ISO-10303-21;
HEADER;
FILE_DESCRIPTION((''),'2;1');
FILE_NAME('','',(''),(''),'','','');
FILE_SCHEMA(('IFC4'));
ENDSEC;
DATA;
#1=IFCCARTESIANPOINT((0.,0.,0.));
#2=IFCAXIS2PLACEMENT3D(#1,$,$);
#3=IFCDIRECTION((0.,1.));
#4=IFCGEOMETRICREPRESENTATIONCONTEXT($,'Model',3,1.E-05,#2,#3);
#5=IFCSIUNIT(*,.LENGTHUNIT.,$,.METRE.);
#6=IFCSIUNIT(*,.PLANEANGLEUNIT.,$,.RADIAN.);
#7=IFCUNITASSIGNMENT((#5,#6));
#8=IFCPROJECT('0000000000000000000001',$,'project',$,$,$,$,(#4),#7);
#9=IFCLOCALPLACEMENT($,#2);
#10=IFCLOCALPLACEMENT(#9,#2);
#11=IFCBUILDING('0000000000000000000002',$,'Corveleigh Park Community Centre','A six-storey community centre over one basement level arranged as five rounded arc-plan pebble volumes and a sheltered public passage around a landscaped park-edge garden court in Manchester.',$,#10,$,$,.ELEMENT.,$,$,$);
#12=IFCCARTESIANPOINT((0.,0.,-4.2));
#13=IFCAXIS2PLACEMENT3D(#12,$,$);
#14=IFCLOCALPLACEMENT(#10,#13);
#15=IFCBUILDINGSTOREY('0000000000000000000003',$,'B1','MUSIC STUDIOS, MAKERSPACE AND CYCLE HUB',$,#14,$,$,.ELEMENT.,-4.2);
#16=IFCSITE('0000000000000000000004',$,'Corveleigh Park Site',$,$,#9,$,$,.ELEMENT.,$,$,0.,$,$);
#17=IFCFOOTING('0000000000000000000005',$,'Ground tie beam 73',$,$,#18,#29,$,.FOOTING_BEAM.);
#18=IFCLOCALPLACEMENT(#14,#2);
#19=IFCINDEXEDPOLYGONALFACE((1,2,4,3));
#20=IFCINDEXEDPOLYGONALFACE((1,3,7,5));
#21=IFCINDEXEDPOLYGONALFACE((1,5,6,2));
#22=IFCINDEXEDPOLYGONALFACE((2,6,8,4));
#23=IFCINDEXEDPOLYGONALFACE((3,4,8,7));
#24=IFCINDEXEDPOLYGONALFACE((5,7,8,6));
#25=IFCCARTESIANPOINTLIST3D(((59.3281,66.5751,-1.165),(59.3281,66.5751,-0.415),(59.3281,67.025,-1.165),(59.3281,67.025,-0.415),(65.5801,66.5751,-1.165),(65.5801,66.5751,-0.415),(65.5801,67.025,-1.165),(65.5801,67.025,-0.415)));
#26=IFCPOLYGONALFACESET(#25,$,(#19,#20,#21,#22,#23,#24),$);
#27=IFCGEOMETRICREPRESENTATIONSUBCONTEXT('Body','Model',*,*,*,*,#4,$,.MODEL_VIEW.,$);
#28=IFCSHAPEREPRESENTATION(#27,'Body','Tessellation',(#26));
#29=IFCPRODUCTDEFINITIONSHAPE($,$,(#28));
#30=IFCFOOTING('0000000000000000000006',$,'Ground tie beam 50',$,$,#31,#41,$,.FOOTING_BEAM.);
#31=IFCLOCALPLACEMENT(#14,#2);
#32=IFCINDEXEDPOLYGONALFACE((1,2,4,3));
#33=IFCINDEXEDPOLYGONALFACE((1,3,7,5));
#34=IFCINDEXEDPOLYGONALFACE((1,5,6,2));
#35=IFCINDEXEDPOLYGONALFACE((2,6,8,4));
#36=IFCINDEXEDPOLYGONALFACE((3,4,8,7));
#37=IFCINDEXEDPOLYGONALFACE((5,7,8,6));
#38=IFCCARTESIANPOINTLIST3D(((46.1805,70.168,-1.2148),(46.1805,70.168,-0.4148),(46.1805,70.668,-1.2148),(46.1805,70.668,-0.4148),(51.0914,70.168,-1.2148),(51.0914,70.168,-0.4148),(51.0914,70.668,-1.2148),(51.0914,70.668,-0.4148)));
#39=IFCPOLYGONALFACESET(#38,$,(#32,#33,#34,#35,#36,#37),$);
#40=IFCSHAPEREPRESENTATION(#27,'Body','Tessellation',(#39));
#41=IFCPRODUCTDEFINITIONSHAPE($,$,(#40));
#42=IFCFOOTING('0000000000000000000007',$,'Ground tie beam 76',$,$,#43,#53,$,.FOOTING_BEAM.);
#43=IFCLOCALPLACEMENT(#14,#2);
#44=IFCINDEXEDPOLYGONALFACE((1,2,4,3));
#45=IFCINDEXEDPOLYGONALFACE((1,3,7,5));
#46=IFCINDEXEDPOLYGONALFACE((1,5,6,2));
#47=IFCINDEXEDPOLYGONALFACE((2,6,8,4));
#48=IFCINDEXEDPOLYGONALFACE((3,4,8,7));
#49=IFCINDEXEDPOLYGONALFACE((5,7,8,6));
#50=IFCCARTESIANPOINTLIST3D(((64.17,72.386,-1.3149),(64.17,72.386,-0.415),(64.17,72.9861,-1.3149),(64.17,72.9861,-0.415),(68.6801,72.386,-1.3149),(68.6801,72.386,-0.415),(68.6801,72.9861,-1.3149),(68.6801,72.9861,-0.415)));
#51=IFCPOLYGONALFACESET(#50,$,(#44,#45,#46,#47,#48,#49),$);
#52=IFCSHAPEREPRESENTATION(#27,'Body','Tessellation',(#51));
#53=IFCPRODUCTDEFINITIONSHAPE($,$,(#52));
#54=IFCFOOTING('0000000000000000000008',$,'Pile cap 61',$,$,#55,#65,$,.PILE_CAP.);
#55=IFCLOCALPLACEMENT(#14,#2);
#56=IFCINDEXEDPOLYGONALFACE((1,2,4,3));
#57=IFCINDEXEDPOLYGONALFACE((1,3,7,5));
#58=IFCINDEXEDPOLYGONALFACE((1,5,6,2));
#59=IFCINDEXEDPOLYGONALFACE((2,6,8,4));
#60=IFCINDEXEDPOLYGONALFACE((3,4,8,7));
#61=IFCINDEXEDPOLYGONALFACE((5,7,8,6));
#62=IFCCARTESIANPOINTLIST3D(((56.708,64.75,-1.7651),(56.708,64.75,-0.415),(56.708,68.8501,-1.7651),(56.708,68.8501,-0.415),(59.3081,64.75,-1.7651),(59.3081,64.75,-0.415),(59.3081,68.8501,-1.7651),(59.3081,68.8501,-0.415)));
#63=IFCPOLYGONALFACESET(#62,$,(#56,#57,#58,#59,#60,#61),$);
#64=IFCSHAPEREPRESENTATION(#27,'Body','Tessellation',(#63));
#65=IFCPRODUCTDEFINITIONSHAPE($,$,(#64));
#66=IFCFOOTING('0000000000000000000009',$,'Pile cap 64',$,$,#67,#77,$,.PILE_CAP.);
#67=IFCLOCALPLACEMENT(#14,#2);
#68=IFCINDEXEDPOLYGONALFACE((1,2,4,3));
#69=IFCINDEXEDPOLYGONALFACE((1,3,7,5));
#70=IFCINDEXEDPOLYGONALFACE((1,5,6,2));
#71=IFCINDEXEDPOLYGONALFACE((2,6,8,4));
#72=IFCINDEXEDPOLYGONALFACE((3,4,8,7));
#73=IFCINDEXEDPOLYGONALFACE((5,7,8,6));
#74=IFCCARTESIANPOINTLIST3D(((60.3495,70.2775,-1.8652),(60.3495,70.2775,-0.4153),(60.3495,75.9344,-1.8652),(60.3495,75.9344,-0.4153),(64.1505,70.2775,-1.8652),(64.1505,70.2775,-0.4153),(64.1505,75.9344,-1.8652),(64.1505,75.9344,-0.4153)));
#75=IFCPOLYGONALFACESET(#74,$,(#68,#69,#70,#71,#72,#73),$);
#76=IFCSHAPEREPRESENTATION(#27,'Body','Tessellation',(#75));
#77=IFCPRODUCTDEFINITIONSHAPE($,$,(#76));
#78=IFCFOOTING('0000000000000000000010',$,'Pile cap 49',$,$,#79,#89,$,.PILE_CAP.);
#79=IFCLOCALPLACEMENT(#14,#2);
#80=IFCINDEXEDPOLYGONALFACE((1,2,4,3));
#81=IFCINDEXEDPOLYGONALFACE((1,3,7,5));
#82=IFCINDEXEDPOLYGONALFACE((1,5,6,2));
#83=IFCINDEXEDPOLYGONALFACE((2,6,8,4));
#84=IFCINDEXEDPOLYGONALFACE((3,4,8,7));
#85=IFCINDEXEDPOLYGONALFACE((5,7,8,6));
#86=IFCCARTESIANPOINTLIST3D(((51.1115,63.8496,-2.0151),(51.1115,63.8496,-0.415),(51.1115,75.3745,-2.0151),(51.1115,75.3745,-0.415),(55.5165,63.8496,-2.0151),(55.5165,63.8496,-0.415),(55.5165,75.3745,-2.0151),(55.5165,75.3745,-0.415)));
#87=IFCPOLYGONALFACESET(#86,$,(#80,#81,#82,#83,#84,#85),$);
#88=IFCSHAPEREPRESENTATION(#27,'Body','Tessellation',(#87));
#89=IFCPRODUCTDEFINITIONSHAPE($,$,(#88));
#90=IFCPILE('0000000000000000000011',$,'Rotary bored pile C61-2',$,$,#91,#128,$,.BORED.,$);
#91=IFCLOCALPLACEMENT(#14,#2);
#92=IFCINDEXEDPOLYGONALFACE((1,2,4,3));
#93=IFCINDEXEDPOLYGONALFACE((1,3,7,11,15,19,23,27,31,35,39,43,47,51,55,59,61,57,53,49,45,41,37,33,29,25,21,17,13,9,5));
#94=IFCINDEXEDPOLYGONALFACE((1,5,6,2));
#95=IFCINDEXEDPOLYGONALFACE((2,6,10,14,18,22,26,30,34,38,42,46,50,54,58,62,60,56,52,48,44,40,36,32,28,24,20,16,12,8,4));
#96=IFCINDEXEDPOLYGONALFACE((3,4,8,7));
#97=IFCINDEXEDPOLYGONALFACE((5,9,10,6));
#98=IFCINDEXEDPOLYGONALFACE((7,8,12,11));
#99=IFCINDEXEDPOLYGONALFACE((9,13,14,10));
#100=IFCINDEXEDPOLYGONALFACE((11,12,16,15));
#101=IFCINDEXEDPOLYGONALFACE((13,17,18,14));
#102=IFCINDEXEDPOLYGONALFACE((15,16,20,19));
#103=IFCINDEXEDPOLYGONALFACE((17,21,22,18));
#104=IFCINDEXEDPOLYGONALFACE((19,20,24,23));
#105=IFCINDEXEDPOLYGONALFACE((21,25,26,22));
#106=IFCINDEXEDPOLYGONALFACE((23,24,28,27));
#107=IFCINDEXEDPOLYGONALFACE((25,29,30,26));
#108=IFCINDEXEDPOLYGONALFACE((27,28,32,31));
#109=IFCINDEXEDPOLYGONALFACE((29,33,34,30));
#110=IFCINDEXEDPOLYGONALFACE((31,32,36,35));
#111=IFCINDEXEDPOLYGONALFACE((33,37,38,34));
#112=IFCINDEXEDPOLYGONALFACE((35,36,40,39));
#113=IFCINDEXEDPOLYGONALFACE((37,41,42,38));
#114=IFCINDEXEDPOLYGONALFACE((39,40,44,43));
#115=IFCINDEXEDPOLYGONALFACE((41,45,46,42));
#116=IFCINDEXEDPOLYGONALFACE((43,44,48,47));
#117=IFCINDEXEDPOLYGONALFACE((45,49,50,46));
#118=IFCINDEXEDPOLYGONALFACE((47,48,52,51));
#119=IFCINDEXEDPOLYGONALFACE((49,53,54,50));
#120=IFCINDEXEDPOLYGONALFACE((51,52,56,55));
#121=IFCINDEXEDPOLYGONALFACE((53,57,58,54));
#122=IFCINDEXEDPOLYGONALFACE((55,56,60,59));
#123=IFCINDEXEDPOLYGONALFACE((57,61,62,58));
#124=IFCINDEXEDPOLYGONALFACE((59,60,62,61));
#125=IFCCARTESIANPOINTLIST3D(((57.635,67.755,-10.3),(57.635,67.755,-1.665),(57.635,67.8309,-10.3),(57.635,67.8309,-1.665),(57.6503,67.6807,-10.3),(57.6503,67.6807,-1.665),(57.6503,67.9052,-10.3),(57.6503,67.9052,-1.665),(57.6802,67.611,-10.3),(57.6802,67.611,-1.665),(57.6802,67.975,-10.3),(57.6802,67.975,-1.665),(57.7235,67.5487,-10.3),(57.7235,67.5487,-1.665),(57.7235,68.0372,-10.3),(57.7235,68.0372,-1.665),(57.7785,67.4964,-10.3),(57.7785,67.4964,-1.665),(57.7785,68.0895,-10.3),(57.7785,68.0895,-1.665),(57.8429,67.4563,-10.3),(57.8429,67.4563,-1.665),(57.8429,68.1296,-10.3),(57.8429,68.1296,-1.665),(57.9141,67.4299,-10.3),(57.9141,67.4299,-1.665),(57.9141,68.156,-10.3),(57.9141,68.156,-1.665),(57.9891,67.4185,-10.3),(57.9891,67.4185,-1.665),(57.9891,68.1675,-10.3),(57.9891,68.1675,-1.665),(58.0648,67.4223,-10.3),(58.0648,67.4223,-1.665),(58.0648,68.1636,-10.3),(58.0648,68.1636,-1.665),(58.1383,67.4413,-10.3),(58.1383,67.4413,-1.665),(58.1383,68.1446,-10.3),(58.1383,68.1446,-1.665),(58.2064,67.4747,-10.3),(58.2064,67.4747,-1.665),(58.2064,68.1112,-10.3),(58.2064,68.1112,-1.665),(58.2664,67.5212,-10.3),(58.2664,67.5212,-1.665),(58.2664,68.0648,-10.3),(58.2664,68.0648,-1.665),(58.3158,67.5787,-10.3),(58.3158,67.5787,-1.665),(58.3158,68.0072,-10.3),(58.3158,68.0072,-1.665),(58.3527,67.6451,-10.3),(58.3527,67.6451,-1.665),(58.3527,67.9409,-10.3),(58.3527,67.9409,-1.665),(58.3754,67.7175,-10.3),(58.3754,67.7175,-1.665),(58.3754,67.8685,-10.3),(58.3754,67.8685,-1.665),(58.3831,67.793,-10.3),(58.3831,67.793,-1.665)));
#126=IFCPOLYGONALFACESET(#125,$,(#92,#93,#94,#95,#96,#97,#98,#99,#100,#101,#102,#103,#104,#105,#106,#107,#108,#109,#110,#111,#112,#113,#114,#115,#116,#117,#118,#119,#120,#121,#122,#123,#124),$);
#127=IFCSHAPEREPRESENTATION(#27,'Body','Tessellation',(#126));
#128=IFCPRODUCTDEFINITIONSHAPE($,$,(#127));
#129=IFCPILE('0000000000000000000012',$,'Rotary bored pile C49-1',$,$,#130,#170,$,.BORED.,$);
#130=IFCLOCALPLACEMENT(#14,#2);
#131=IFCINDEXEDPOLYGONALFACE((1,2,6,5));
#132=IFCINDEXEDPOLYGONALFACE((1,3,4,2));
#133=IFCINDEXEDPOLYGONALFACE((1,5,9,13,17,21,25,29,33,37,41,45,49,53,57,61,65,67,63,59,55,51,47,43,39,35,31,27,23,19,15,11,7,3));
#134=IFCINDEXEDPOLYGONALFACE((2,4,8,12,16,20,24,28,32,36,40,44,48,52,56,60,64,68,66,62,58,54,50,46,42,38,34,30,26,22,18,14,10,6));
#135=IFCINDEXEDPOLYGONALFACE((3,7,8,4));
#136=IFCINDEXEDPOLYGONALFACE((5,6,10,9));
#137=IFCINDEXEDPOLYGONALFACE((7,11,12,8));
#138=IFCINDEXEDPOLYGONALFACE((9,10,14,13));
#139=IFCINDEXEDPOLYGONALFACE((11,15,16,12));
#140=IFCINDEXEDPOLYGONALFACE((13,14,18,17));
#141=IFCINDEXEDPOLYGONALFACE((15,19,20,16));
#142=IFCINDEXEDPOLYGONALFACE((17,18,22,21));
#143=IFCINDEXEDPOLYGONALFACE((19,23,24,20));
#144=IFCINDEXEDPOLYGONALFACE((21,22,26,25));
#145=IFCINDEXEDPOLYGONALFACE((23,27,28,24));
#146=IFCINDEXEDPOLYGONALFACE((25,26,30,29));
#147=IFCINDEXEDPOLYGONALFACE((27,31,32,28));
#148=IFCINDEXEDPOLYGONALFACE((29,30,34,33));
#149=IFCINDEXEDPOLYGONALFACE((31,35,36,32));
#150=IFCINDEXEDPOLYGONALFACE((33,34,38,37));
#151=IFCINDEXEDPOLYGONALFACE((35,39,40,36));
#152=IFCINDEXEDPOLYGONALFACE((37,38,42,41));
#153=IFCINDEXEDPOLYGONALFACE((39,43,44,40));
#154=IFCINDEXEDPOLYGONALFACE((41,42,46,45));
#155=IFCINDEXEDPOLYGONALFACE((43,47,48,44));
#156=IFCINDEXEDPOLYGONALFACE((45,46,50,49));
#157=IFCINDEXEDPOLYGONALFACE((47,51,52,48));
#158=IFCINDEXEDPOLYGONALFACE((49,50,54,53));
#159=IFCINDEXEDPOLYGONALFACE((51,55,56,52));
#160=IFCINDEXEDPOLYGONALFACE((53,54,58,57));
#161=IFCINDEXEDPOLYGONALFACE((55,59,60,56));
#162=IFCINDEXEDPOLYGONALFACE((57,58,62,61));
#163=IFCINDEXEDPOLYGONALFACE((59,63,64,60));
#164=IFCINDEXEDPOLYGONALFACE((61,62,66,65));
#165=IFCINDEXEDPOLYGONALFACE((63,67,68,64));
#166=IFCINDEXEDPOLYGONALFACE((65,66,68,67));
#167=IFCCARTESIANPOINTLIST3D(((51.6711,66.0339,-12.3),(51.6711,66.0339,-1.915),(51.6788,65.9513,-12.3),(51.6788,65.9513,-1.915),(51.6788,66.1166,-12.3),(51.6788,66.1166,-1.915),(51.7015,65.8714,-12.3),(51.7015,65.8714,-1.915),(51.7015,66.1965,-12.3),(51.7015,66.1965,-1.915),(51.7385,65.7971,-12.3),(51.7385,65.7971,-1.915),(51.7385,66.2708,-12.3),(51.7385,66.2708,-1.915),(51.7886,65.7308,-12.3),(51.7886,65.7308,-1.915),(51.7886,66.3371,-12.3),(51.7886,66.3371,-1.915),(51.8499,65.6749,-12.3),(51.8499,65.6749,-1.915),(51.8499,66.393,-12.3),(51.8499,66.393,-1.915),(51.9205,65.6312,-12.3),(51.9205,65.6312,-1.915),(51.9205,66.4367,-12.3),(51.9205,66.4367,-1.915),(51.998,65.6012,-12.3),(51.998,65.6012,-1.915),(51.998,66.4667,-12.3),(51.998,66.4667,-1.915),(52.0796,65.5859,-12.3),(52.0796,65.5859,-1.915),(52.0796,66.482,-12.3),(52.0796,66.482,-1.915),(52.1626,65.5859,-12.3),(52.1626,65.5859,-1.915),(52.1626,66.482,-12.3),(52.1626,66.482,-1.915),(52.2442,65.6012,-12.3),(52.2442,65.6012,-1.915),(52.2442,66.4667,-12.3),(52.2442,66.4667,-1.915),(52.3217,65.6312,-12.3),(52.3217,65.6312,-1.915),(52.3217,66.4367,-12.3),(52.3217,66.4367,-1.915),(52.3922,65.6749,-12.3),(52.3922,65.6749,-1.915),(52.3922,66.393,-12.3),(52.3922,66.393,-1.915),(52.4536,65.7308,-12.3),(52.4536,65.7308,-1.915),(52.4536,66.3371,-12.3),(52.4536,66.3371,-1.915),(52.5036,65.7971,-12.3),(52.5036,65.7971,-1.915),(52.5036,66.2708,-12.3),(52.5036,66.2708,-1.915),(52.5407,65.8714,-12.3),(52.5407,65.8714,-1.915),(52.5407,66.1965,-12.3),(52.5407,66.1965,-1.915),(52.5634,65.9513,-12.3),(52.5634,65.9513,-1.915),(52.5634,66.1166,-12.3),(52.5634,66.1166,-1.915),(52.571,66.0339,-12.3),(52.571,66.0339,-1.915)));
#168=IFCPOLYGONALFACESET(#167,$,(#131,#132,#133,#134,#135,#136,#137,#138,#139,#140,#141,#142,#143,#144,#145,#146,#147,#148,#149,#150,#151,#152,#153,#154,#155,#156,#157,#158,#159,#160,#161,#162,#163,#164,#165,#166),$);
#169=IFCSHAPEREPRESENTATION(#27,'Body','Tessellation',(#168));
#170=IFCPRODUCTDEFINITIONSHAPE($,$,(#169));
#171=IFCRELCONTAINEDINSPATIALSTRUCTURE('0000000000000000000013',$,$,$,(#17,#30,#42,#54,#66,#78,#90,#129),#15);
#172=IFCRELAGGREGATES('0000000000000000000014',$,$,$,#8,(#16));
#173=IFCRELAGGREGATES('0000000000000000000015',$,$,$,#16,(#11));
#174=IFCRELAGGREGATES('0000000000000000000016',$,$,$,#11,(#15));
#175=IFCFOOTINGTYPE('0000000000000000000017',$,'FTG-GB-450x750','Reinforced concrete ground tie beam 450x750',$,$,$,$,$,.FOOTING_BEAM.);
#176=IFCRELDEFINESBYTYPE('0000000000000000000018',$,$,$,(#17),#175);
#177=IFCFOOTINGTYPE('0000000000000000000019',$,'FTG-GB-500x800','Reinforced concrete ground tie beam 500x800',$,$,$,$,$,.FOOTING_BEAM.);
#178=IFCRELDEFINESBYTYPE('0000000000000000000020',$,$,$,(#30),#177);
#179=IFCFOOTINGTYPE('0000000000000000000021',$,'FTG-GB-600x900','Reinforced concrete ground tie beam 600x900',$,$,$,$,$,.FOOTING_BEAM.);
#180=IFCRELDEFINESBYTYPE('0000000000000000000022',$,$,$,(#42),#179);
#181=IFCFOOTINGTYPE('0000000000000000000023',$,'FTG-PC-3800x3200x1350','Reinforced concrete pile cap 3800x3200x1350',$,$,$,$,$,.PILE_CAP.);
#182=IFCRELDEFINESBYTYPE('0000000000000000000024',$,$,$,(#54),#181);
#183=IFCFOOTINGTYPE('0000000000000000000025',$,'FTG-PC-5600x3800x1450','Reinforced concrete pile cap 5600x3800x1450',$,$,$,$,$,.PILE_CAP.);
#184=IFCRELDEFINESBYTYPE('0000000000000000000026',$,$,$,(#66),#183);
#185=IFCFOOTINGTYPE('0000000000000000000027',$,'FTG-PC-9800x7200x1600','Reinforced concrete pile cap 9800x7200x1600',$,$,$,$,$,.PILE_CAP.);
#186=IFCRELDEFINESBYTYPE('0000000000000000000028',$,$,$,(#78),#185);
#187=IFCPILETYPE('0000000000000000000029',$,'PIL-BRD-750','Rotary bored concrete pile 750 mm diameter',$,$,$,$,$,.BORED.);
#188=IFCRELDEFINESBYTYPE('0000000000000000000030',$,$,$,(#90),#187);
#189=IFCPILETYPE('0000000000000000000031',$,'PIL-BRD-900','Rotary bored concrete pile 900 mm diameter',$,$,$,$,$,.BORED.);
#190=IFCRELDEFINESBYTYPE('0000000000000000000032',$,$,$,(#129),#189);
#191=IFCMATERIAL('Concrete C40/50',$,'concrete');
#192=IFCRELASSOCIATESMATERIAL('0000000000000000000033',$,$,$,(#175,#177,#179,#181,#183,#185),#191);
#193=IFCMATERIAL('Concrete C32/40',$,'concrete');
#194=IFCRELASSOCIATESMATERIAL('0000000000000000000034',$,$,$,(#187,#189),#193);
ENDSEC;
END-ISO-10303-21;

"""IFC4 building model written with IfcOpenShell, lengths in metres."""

from ifc_helpers import new_model, si_unit, direction, frame, origin, origin_2d, place, context, subcontext, project, spatial, rectangle, circle, extrude, material, material_profile, profile_set, type_object, element, save


model = new_model("IFC4")

# Units and contexts
model_context = context("Model", 3, precision=1e-05, world=origin(), true_north=direction((0.0, 1.0)))
body_context = subcontext(model_context, "Body", "Model", "MODEL_VIEW")
ifc_project = project(units=[si_unit("LENGTHUNIT", "METRE"), si_unit("PLANEANGLEUNIT", "RADIAN")], contexts=[model_context])

# Site, building, storey
site_placement = place(None, origin())
site = spatial("IfcSite", under=ifc_project, at=site_placement, Name="Corveleigh Park Site", CompositionType="ELEMENT", RefElevation=0.0)
building_placement = place(site_placement, origin())
building = spatial("IfcBuilding", under=site, at=building_placement, Name="Corveleigh Park Community Centre", Description="A six-storey community centre over one basement level arranged as five rounded arc-plan pebble volumes and a sheltered public passage around a landscaped park-edge garden court in Manchester.", CompositionType="ELEMENT")
storey_placement = place(building_placement, frame((0.0, 0.0, -4.2)))
storey = spatial("IfcBuildingStorey", under=building, at=storey_placement, Name="B1", Description="MUSIC STUDIOS, MAKERSPACE AND CYCLE HUB", CompositionType="ELEMENT", Elevation=-4.2)

# Footings
ifc_material_1 = material(Name="Concrete C40/50", Category="concrete")
footing_type_1 = type_object("IfcFootingType", Name="FTG-GB-450x750", Description="Reinforced concrete ground tie beam 450x750", PredefinedType="FOOTING_BEAM", material=ifc_material_1)
footing_1_placement = place(storey_placement, frame((62.4541, 66.8, -1.165), z_axis=(0.0, 0.0, 1.0), x_axis=(1.0, 0.0, 0.0)))
element("IfcFooting", 1, at=footing_1_placement, inside=storey, type_object=footing_type_1, Name="Ground tie beam 73", PredefinedType="FOOTING_BEAM", context=body_context, shape_type="SweptSolid", body=[
    extrude(rectangle(XDim=6.252, YDim=0.45, at=origin_2d()), origin(), (0.0, 0.0, 1.0), 0.75),
])
footing_type_2 = type_object("IfcFootingType", Name="FTG-GB-500x800", Description="Reinforced concrete ground tie beam 500x800", PredefinedType="FOOTING_BEAM", material=ifc_material_1)
footing_2_placement = place(storey_placement, frame((48.636, 70.418, -1.2148), z_axis=(0.0, 0.0, 1.0), x_axis=(1.0, 0.0, 0.0)))
element("IfcFooting", 2, at=footing_2_placement, inside=storey, type_object=footing_type_2, Name="Ground tie beam 50", PredefinedType="FOOTING_BEAM", context=body_context, shape_type="SweptSolid", body=[
    extrude(rectangle(XDim=4.9109, YDim=0.5, at=origin_2d()), origin(), (0.0, 0.0, 1.0), 0.8),
])
footing_type_3 = type_object("IfcFootingType", Name="FTG-GB-600x900", Description="Reinforced concrete ground tie beam 600x900", PredefinedType="FOOTING_BEAM", material=ifc_material_1)
footing_3_placement = place(storey_placement, frame((66.425, 72.686, -1.3149), z_axis=(0.0, 0.0, 1.0), x_axis=(1.0, 0.0, 0.0)))
element("IfcFooting", 3, at=footing_3_placement, inside=storey, type_object=footing_type_3, Name="Ground tie beam 76", PredefinedType="FOOTING_BEAM", context=body_context, shape_type="SweptSolid", body=[
    extrude(rectangle(XDim=4.51, YDim=0.6001, at=origin_2d()), origin(), (0.0, 0.0, 1.0), 0.8999),
])
footing_type_4 = type_object("IfcFootingType", Name="FTG-PC-3800x3200x1350", Description="Reinforced concrete pile cap 3800x3200x1350", PredefinedType="PILE_CAP", material=ifc_material_1)
footing_4_placement = place(storey_placement, frame((58.0081, 66.8, -1.7651), z_axis=(0.0, 0.0, 1.0), x_axis=(1.0, 0.0, 0.0)))
element("IfcFooting", 4, at=footing_4_placement, inside=storey, type_object=footing_type_4, Name="Pile cap 61", PredefinedType="PILE_CAP", context=body_context, shape_type="SweptSolid", body=[
    extrude(rectangle(XDim=2.6001, YDim=4.1001, at=origin_2d()), origin(), (0.0, 0.0, 1.0), 1.3501),
])
footing_type_5 = type_object("IfcFootingType", Name="FTG-PC-5600x3800x1450", Description="Reinforced concrete pile cap 5600x3800x1450", PredefinedType="PILE_CAP", material=ifc_material_1)
footing_5_placement = place(storey_placement, frame((62.25, 73.106, -1.8652), z_axis=(0.0, 0.0, 1.0), x_axis=(1.0, 0.0, 0.0)))
element("IfcFooting", 5, at=footing_5_placement, inside=storey, type_object=footing_type_5, Name="Pile cap 64", PredefinedType="PILE_CAP", context=body_context, shape_type="SweptSolid", body=[
    extrude(rectangle(XDim=3.801, YDim=5.657, at=origin_2d()), origin(), (0.0, 0.0, 1.0), 1.45),
])
footing_type_6 = type_object("IfcFootingType", Name="FTG-PC-9800x7200x1600", Description="Reinforced concrete pile cap 9800x7200x1600", PredefinedType="PILE_CAP", material=ifc_material_1)
footing_6_placement = place(storey_placement, frame((53.314, 69.6121, -2.0151), z_axis=(0.0, 0.0, 1.0), x_axis=(1.0, 0.0, 0.0)))
element("IfcFooting", 6, at=footing_6_placement, inside=storey, type_object=footing_type_6, Name="Pile cap 49", PredefinedType="PILE_CAP", context=body_context, shape_type="SweptSolid", body=[
    extrude(rectangle(XDim=4.405, YDim=11.5249, at=origin_2d()), origin(), (0.0, 0.0, 1.0), 1.6001),
])

# Piles
ifc_material_2 = material(Name="Concrete C32/40", Category="concrete")
ifc_material_profile_1 = material_profile(ifc_material_2, circle(Radius=0.375, at=origin_2d()), Name="BORED-PILE-750", Category="concrete")
ifc_profile_set_1 = profile_set([ifc_material_profile_1], Name="Concrete C32/40")
pile_type_1 = type_object("IfcPileType", Name="PIL-BRD-750", Description="Rotary bored concrete pile 750 mm diameter", PredefinedType="BORED", material=ifc_profile_set_1)
pile_placement = place(storey_placement, frame((58.0081, 67.793, -1.665), z_axis=(0.0, 0.0, -1.0), x_axis=(1.0, 0.0, 0.0)))
element("IfcPile", 7, at=pile_placement, inside=storey, type_object=pile_type_1, Name="Rotary bored pile C61-2", PredefinedType="BORED", context=body_context, shape_type="SweptSolid", body=[
    extrude(circle(Radius=0.375, at=origin_2d()), origin(), (0.0, 0.0, 1.0), 8.635),
])
ifc_material_profile_2 = material_profile(ifc_material_2, circle(Radius=0.45, at=origin_2d()), Name="BORED-PILE-900", Category="concrete")
ifc_profile_set_2 = profile_set([ifc_material_profile_2], Name="Concrete C32/40")
pile_type_2 = type_object("IfcPileType", Name="PIL-BRD-900", Description="Rotary bored concrete pile 900 mm diameter", PredefinedType="BORED", material=ifc_profile_set_2)
for number, where, z_axis, x_axis, name in (
    (8, (52.1211, 66.0339, -1.915), (0.0, 0.0, -1.0), (1.0, 0.0, 0.0), "Rotary bored pile C49-1"),
):
    element("IfcPile", number, at=place(storey_placement, frame(where, z_axis=z_axis, x_axis=x_axis)), inside=storey, type_object=pile_type_2, Name=name, PredefinedType="BORED", context=body_context, shape_type="SweptSolid", body=[
        extrude(circle(Radius=0.45, at=origin_2d()), origin(), (0.0, 0.0, 1.0), 10.385),
    ])

save(model, "model.ifc")
